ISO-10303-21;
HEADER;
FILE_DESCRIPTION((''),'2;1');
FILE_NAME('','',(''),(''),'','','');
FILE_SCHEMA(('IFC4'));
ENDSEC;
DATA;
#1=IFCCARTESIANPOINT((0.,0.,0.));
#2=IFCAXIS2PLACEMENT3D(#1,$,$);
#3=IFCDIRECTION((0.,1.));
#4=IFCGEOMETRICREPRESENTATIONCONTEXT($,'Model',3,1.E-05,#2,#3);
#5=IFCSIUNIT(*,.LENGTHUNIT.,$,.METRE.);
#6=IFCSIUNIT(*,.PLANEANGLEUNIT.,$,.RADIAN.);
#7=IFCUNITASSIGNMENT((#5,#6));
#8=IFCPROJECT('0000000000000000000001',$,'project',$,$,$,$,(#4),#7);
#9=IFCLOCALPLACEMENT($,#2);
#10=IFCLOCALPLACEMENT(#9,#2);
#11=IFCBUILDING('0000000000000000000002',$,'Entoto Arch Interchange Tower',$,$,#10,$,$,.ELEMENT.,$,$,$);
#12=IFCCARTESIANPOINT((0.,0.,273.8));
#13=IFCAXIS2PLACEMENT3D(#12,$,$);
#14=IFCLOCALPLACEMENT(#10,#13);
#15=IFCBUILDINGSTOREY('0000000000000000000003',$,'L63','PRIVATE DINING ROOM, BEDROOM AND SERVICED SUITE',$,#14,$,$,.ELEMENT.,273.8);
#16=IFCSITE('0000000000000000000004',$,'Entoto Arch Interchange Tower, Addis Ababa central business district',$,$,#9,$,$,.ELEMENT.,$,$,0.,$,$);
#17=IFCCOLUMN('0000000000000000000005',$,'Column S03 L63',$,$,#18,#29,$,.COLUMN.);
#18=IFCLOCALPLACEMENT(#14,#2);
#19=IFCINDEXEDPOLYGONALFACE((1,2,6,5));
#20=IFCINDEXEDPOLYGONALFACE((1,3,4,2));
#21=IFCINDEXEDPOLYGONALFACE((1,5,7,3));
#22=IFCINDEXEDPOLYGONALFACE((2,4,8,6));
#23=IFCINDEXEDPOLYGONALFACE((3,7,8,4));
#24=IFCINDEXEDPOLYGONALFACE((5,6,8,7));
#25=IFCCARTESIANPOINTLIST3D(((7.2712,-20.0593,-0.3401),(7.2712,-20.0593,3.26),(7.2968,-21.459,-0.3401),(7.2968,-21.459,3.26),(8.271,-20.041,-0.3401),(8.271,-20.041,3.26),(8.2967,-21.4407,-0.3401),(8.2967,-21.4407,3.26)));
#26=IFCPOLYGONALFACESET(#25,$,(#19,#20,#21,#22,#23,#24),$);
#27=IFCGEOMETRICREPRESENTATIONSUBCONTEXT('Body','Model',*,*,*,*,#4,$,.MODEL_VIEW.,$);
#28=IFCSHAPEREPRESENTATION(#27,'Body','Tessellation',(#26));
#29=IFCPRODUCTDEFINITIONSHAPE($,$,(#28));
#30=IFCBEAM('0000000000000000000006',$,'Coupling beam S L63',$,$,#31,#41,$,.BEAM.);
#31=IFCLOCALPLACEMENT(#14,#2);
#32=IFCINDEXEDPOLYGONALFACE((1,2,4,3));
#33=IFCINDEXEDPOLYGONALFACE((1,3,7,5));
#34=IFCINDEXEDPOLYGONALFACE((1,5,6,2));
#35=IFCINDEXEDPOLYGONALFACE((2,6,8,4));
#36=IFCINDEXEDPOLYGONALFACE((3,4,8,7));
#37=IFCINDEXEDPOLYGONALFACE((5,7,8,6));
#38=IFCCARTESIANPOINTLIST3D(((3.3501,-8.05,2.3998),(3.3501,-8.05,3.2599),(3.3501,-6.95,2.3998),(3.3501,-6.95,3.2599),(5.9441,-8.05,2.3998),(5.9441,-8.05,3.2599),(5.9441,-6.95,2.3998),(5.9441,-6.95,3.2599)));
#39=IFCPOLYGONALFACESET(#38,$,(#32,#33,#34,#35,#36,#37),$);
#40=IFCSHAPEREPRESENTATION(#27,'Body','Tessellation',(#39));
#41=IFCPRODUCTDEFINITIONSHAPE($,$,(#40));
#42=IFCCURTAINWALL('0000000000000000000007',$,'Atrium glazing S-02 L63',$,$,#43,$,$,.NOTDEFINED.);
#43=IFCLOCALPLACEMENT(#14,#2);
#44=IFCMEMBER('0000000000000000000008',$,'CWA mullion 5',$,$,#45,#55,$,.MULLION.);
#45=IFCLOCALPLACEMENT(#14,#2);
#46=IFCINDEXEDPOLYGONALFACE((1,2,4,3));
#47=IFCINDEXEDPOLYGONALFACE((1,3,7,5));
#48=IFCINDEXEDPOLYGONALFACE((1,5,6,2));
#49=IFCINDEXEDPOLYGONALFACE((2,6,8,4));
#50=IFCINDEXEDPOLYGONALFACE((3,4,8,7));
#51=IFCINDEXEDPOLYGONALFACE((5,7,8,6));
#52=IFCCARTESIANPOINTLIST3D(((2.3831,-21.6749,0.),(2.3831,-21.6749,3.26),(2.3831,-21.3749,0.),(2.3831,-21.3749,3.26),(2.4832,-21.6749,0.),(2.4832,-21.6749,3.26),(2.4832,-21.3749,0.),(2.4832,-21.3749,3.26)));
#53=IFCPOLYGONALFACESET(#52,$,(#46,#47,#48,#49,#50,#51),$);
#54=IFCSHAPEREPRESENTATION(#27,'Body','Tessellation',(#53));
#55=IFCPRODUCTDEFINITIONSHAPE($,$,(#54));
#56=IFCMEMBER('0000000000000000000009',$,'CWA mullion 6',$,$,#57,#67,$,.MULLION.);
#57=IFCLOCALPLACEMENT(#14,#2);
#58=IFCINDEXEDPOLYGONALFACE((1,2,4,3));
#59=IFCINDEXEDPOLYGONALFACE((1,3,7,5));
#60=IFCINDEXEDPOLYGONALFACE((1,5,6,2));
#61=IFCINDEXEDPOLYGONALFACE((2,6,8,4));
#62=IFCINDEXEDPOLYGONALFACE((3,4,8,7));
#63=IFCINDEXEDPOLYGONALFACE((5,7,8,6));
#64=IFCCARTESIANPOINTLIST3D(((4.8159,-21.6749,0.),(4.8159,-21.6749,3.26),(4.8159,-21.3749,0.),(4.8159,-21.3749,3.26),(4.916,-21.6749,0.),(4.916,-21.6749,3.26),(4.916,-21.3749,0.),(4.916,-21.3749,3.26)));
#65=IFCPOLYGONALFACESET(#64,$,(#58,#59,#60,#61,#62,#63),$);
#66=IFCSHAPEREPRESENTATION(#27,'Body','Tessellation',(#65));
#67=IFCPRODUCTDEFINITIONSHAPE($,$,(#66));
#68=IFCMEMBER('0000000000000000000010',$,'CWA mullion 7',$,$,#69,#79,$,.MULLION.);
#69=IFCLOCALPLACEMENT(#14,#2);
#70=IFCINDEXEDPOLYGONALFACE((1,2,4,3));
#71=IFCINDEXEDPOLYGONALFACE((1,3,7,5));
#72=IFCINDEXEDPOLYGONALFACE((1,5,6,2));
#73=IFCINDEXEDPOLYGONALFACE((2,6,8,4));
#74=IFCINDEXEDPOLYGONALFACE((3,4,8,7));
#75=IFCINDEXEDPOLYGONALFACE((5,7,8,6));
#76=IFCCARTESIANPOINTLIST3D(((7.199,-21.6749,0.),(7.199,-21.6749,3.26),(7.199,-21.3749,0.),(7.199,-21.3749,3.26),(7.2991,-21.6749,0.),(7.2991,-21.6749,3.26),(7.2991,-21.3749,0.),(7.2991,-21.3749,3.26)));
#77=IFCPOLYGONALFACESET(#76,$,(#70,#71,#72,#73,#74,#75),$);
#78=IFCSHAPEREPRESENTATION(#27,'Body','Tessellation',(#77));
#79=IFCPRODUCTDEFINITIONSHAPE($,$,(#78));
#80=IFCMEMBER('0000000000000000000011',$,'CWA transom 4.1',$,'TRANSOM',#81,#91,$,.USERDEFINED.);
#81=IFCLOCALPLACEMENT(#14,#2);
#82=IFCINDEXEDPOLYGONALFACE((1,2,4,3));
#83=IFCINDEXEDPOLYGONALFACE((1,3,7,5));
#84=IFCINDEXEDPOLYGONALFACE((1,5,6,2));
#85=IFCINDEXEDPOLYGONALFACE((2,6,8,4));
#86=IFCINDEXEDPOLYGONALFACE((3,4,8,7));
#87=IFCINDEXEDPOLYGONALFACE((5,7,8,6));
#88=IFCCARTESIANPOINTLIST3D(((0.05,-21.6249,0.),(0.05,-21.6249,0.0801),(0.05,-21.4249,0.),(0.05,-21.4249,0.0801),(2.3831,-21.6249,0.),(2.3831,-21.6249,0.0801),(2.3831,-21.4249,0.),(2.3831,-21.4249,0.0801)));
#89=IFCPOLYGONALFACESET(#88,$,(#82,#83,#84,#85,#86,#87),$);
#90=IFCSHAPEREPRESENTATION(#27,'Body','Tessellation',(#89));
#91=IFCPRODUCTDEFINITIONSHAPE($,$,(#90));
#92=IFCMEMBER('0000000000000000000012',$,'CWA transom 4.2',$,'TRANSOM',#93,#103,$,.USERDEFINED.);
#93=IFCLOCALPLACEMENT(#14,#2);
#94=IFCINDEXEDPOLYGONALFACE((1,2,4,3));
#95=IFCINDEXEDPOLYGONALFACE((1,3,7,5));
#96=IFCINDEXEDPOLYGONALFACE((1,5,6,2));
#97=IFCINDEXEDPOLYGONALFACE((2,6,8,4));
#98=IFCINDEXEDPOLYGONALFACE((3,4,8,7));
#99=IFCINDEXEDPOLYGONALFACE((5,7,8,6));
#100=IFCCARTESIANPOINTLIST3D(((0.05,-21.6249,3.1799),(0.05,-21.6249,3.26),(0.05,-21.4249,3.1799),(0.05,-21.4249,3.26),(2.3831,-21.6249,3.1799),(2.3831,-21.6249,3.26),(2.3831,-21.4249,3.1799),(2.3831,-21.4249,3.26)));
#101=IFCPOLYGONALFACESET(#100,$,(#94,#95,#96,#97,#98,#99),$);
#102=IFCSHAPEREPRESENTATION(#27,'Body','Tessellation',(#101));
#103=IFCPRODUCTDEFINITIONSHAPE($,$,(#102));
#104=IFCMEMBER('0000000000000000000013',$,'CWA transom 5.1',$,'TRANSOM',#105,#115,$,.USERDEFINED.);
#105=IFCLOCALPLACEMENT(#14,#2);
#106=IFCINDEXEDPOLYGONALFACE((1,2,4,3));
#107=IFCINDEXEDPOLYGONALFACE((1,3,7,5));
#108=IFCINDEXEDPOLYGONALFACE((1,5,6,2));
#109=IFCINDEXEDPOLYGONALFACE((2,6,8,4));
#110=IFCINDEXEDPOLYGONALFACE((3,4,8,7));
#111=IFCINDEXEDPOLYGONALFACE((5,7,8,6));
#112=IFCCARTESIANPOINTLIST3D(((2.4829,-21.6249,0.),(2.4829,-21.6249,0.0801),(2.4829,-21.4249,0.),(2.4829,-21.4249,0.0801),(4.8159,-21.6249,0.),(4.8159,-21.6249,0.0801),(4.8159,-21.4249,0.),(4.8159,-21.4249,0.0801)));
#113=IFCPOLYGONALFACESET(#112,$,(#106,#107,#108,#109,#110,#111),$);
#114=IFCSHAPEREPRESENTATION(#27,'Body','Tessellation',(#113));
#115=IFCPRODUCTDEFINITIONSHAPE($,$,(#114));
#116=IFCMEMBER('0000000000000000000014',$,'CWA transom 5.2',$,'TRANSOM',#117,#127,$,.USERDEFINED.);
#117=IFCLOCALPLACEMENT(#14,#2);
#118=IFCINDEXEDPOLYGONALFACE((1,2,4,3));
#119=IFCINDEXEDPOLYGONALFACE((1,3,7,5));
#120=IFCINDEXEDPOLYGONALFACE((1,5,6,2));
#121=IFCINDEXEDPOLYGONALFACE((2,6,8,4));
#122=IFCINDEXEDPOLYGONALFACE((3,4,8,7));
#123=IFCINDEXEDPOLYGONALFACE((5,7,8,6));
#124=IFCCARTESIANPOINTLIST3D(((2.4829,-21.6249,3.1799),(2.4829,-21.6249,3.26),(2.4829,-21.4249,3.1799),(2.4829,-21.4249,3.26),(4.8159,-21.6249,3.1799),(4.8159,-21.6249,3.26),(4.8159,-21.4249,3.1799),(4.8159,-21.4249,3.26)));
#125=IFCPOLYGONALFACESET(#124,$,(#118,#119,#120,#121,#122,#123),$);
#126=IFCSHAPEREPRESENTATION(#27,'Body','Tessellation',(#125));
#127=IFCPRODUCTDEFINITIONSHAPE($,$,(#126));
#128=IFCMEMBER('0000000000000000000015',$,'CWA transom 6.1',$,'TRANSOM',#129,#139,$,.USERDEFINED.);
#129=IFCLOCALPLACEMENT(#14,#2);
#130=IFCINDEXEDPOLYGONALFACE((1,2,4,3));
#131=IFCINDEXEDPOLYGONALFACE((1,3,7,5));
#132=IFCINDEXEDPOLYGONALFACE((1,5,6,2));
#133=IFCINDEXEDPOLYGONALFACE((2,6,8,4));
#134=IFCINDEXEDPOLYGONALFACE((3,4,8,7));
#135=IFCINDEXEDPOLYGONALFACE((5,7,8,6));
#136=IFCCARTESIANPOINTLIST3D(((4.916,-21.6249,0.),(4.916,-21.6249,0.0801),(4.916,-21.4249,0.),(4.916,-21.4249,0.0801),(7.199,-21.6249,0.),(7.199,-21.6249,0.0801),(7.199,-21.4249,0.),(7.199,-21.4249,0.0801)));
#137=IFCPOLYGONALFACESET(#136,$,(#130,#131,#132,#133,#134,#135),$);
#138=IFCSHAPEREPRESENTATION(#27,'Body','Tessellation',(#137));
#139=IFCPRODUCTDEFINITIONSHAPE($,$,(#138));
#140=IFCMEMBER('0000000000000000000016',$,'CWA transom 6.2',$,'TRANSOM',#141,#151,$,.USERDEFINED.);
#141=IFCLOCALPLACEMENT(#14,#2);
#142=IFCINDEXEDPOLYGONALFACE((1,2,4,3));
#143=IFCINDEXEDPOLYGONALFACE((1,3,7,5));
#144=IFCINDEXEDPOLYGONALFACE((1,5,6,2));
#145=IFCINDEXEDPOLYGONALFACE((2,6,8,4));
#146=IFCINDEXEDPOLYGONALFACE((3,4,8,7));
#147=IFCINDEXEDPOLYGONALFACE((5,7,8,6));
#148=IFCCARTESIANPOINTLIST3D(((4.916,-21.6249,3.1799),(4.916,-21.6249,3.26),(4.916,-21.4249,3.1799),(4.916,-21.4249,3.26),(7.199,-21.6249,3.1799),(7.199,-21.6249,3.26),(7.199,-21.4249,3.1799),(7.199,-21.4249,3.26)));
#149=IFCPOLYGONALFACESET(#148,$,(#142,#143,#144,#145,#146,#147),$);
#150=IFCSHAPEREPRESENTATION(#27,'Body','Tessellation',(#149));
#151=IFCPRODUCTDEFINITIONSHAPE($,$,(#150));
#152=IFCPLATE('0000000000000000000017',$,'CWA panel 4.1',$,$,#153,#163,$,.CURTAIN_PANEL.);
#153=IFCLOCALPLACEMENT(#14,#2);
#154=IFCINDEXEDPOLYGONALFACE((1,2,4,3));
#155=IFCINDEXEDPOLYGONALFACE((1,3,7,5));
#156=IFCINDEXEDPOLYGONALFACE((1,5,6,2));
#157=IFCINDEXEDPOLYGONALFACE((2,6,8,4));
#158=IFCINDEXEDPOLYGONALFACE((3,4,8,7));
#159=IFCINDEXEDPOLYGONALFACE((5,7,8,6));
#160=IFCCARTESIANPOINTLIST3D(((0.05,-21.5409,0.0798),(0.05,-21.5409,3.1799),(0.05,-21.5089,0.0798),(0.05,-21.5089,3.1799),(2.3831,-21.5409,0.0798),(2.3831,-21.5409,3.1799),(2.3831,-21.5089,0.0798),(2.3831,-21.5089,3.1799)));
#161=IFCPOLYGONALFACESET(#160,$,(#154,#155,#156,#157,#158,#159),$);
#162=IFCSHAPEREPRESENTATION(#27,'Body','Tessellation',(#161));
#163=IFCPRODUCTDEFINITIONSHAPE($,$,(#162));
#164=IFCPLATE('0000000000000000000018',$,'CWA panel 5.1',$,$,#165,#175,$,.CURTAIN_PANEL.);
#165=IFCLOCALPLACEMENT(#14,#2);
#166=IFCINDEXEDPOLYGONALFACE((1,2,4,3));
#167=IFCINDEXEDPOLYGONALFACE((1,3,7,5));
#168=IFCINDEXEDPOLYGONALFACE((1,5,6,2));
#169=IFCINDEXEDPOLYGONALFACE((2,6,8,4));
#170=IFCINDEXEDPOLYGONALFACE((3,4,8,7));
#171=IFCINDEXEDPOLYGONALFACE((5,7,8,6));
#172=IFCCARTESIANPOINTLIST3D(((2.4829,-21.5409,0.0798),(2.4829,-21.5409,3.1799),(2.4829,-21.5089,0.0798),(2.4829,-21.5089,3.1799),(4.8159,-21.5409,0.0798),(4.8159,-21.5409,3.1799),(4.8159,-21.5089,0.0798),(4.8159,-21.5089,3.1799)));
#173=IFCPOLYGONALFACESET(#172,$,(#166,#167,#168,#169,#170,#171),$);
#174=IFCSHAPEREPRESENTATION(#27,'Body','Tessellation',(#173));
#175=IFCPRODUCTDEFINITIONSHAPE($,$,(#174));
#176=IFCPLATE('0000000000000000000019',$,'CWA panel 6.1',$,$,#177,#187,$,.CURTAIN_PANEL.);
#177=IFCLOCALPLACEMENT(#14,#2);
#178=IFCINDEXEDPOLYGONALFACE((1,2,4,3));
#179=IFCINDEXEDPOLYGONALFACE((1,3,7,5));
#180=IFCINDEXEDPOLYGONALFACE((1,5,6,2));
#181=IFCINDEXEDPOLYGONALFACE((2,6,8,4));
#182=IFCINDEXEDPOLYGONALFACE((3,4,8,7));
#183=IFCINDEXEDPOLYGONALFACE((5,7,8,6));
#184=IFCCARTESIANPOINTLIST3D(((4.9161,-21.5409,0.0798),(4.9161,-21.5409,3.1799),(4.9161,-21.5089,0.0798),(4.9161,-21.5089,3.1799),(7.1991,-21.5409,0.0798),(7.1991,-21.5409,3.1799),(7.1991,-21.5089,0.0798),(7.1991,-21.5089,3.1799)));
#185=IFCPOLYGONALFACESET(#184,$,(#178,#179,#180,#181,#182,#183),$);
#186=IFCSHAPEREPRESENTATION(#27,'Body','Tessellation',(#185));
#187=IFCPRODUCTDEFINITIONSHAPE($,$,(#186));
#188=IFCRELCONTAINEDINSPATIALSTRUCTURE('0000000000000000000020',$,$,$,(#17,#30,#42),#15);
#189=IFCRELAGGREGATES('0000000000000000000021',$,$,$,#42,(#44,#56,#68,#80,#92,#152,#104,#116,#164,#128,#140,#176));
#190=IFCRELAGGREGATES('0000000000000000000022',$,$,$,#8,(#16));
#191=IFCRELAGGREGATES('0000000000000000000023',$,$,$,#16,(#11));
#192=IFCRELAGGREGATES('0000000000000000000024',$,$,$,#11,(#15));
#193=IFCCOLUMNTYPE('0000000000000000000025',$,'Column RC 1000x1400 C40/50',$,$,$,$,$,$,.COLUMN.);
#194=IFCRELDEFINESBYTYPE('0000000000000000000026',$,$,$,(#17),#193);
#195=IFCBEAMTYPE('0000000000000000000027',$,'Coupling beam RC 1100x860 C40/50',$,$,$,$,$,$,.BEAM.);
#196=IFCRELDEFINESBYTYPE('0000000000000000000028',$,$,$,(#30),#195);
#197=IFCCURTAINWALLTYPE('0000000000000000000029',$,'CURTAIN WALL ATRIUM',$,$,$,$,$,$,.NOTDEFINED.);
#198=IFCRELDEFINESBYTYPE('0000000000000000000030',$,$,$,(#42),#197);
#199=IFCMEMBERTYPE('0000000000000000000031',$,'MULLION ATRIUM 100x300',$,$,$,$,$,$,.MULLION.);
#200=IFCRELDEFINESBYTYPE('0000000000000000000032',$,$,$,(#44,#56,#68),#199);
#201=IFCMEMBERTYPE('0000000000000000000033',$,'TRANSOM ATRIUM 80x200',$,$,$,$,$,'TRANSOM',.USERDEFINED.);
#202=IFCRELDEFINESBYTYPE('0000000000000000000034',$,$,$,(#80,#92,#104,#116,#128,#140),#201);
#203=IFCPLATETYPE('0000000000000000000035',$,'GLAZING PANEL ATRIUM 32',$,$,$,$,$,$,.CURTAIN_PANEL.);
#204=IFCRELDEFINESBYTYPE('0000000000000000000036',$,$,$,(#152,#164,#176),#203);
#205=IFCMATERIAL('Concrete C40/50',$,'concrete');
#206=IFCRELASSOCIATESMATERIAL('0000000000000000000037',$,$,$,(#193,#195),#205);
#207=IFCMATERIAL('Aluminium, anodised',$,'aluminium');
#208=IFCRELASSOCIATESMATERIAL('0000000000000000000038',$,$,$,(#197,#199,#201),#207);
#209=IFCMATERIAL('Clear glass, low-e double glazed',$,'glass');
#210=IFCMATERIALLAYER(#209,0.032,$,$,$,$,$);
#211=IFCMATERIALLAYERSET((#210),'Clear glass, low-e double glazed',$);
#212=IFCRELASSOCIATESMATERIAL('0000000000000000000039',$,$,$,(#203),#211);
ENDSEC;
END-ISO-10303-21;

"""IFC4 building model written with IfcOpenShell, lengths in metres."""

from ifc_helpers import new_model, si_unit, direction, frame, origin, origin_2d, place, context, subcontext, project, spatial, rectangle, extrude, material, layer, layer_set, material_profile, profile_set, type_object, element, aggregate, save


model = new_model("IFC4")

# Units and contexts
model_context = context("Model", 3, precision=1e-05, world=origin(), true_north=direction((0.0, 1.0)))
body_context = subcontext(model_context, "Body", "Model", "MODEL_VIEW")
ifc_project = project(units=[si_unit("LENGTHUNIT", "METRE"), si_unit("PLANEANGLEUNIT", "RADIAN")], contexts=[model_context])

# Site, building, storey
site_placement = place(None, origin())
site = spatial("IfcSite", under=ifc_project, at=site_placement, Name="Entoto Arch Interchange Tower, Addis Ababa central business district", CompositionType="ELEMENT", RefElevation=0.0)
building_placement = place(site_placement, origin())
building = spatial("IfcBuilding", under=site, at=building_placement, Name="Entoto Arch Interchange Tower", CompositionType="ELEMENT")
storey_placement = place(building_placement, frame((0.0, 0.0, 273.8)))
storey = spatial("IfcBuildingStorey", under=building, at=storey_placement, Name="L63", Description="PRIVATE DINING ROOM, BEDROOM AND SERVICED SUITE", CompositionType="ELEMENT", Elevation=273.8)

# Column
ifc_material_1 = material(Name="Concrete C40/50", Category="concrete")
ifc_material_profile_1 = material_profile(ifc_material_1, rectangle(XDim=1.0, YDim=1.3999, at=origin_2d()))
ifc_profile_set_1 = profile_set([ifc_material_profile_1], Name="Concrete C40/50")
column_type = type_object("IfcColumnType", Name="Column RC 1000x1400 C40/50", PredefinedType="COLUMN", material=ifc_profile_set_1)
column_placement = place(storey_placement, frame((7.7839, -20.75, -0.3401), z_axis=(0.0, 0.0, 1.0), x_axis=(0.999833, 0.01829, 0.0)))
element("IfcColumn", 1, at=column_placement, inside=storey, type_object=column_type, Name="Column S03 L63", PredefinedType="COLUMN", context=body_context, shape_type="SweptSolid", body=[
    extrude(rectangle(XDim=1.0, YDim=1.3999, at=origin_2d()), origin(), (0.0, 0.0, 1.0), 3.6001),
])

# Beam
ifc_material_profile_2 = material_profile(ifc_material_1, rectangle(XDim=1.1001, YDim=0.8601, at=origin_2d()))
ifc_profile_set_2 = profile_set([ifc_material_profile_2], Name="Concrete C40/50")
beam_type = type_object("IfcBeamType", Name="Coupling beam RC 1100x860 C40/50", PredefinedType="BEAM", material=ifc_profile_set_2)
beam_placement = place(storey_placement, frame((3.3501, -7.5, 2.8298), z_axis=(1.0, 0.0, 0.0), x_axis=(0.0, 1.0, 0.0)))
element("IfcBeam", 2, at=beam_placement, inside=storey, type_object=beam_type, Name="Coupling beam S L63", PredefinedType="BEAM", context=body_context, shape_type="SweptSolid", body=[
    extrude(rectangle(XDim=1.1001, YDim=0.8601, at=origin_2d()), origin(), (0.0, 0.0, 1.0), 2.594),
])

# Curtain wall, members, plates
ifc_material_2 = material(Name="Aluminium, anodised", Category="aluminium")
curtain_wall_type = type_object("IfcCurtainWallType", Name="CURTAIN WALL ATRIUM", PredefinedType="NOTDEFINED", material=ifc_material_2)
curtain_wall_placement = place(storey_placement, origin())
curtain_wall = element("IfcCurtainWall", 3, at=curtain_wall_placement, inside=storey, type_object=curtain_wall_type, Name="Atrium glazing S-02 L63", PredefinedType="NOTDEFINED")
ifc_material_profile_3 = material_profile(ifc_material_2, rectangle(XDim=0.3, YDim=0.1001, at=origin_2d()))
ifc_profile_set_3 = profile_set([ifc_material_profile_3], Name="Aluminium, anodised")
member_type_1 = type_object("IfcMemberType", Name="MULLION ATRIUM 100x300", PredefinedType="MULLION", material=ifc_profile_set_3)
member_1_placement = place(storey_placement, frame((2.4331, -21.5249, 0.0), z_axis=(0.0, 0.0, 1.0), x_axis=(0.0, 1.0, 0.0)))
member_1 = element("IfcMember", 4, at=member_1_placement, type_object=member_type_1, Name="CWA mullion 5", PredefinedType="MULLION", context=body_context, shape_type="SweptSolid", body=[
    extrude(rectangle(XDim=0.3, YDim=0.1001, at=origin_2d()), origin(), (0.0, 0.0, 1.0), 3.26),
])
member_2_placement = place(storey_placement, frame((4.866, -21.5249, 0.0), z_axis=(0.0, 0.0, 1.0), x_axis=(0.0, 1.0, 0.0)))
member_2 = element("IfcMember", 5, at=member_2_placement, type_object=member_type_1, Name="CWA mullion 6", PredefinedType="MULLION", context=body_context, shape_type="SweptSolid", body=[
    extrude(rectangle(XDim=0.3, YDim=0.1001, at=origin_2d()), origin(), (0.0, 0.0, 1.0), 3.26),
])
member_3_placement = place(storey_placement, frame((7.249, -21.5249, 0.0), z_axis=(0.0, 0.0, 1.0), x_axis=(0.0, 1.0, 0.0)))
member_3 = element("IfcMember", 6, at=member_3_placement, type_object=member_type_1, Name="CWA mullion 7", PredefinedType="MULLION", context=body_context, shape_type="SweptSolid", body=[
    extrude(rectangle(XDim=0.3, YDim=0.1001, at=origin_2d()), origin(), (0.0, 0.0, 1.0), 3.26),
])
ifc_material_profile_4 = material_profile(ifc_material_2, rectangle(XDim=0.2, YDim=0.0801, at=origin_2d()))
ifc_profile_set_4 = profile_set([ifc_material_profile_4], Name="Aluminium, anodised")
member_type_2 = type_object("IfcMemberType", Name="TRANSOM ATRIUM 80x200", ElementType="TRANSOM", PredefinedType="USERDEFINED", material=ifc_profile_set_4)
member_4_placement = place(storey_placement, frame((0.05, -21.5249, 0.04), z_axis=(1.0, 0.0, 0.0), x_axis=(0.0, 1.0, 0.0)))
member_4 = element("IfcMember", 7, at=member_4_placement, type_object=member_type_2, Name="CWA transom 4.1", ObjectType="TRANSOM", PredefinedType="USERDEFINED", context=body_context, shape_type="SweptSolid", body=[
    extrude(rectangle(XDim=0.2, YDim=0.0801, at=origin_2d()), origin(), (0.0, 0.0, 1.0), 2.333),
])
member_5_placement = place(storey_placement, frame((0.05, -21.5249, 3.22), z_axis=(1.0, 0.0, 0.0), x_axis=(0.0, 1.0, 0.0)))
member_5 = element("IfcMember", 8, at=member_5_placement, type_object=member_type_2, Name="CWA transom 4.2", ObjectType="TRANSOM", PredefinedType="USERDEFINED", context=body_context, shape_type="SweptSolid", body=[
    extrude(rectangle(XDim=0.2, YDim=0.0801, at=origin_2d()), origin(), (0.0, 0.0, 1.0), 2.333),
])
member_6_placement = place(storey_placement, frame((2.4829, -21.5249, 0.04), z_axis=(1.0, 0.0, 0.0), x_axis=(0.0, 1.0, 0.0)))
member_6 = element("IfcMember", 9, at=member_6_placement, type_object=member_type_2, Name="CWA transom 5.1", ObjectType="TRANSOM", PredefinedType="USERDEFINED", context=body_context, shape_type="SweptSolid", body=[
    extrude(rectangle(XDim=0.2, YDim=0.0801, at=origin_2d()), origin(), (0.0, 0.0, 1.0), 2.333),
])
member_7_placement = place(storey_placement, frame((2.4829, -21.5249, 3.22), z_axis=(1.0, 0.0, 0.0), x_axis=(0.0, 1.0, 0.0)))
member_7 = element("IfcMember", 10, at=member_7_placement, type_object=member_type_2, Name="CWA transom 5.2", ObjectType="TRANSOM", PredefinedType="USERDEFINED", context=body_context, shape_type="SweptSolid", body=[
    extrude(rectangle(XDim=0.2, YDim=0.0801, at=origin_2d()), origin(), (0.0, 0.0, 1.0), 2.333),
])
member_8_placement = place(storey_placement, frame((4.916, -21.5249, 0.04), z_axis=(1.0, 0.0, 0.0), x_axis=(0.0, 1.0, 0.0)))
member_8 = element("IfcMember", 11, at=member_8_placement, type_object=member_type_2, Name="CWA transom 6.1", ObjectType="TRANSOM", PredefinedType="USERDEFINED", context=body_context, shape_type="SweptSolid", body=[
    extrude(rectangle(XDim=0.2, YDim=0.0801, at=origin_2d()), origin(), (0.0, 0.0, 1.0), 2.283),
])
member_9_placement = place(storey_placement, frame((4.916, -21.5249, 3.22), z_axis=(1.0, 0.0, 0.0), x_axis=(0.0, 1.0, 0.0)))
member_9 = element("IfcMember", 12, at=member_9_placement, type_object=member_type_2, Name="CWA transom 6.2", ObjectType="TRANSOM", PredefinedType="USERDEFINED", context=body_context, shape_type="SweptSolid", body=[
    extrude(rectangle(XDim=0.2, YDim=0.0801, at=origin_2d()), origin(), (0.0, 0.0, 1.0), 2.283),
])
ifc_material_3 = material(Name="Clear glass, low-e double glazed", Category="glass")
ifc_layer_1 = layer(ifc_material_3, 0.032)
ifc_layer_set_1 = layer_set([ifc_layer_1], Name="Clear glass, low-e double glazed")
plate_type = type_object("IfcPlateType", Name="GLAZING PANEL ATRIUM 32", PredefinedType="CURTAIN_PANEL", material=ifc_layer_set_1)
plate_1_placement = place(storey_placement, frame((1.2166, -21.5249, 0.0798), z_axis=(0.0, 0.0, 1.0), x_axis=(1.0, 0.0, 0.0)))
plate_1 = element("IfcPlate", 13, at=plate_1_placement, type_object=plate_type, Name="CWA panel 4.1", PredefinedType="CURTAIN_PANEL", context=body_context, shape_type="SweptSolid", body=[
    extrude(rectangle(XDim=2.333, YDim=0.032, at=origin_2d()), origin(), (0.0, 0.0, 1.0), 3.1001),
])
plate_2_placement = place(storey_placement, frame((3.6494, -21.5249, 0.0798), z_axis=(0.0, 0.0, 1.0), x_axis=(1.0, 0.0, 0.0)))
plate_2 = element("IfcPlate", 14, at=plate_2_placement, type_object=plate_type, Name="CWA panel 5.1", PredefinedType="CURTAIN_PANEL", context=body_context, shape_type="SweptSolid", body=[
    extrude(rectangle(XDim=2.333, YDim=0.032, at=origin_2d()), origin(), (0.0, 0.0, 1.0), 3.1001),
])
plate_3_placement = place(storey_placement, frame((6.0576, -21.5249, 0.0798), z_axis=(0.0, 0.0, 1.0), x_axis=(1.0, 0.0, 0.0)))
plate_3 = element("IfcPlate", 15, at=plate_3_placement, type_object=plate_type, Name="CWA panel 6.1", PredefinedType="CURTAIN_PANEL", context=body_context, shape_type="SweptSolid", body=[
    extrude(rectangle(XDim=2.283, YDim=0.032, at=origin_2d()), origin(), (0.0, 0.0, 1.0), 3.1001),
])
aggregate(curtain_wall, [member_1, member_2, member_3, member_4, member_5, plate_1, member_6, member_7, plate_2, member_8, member_9, plate_3])

save(model, "model.ifc")
